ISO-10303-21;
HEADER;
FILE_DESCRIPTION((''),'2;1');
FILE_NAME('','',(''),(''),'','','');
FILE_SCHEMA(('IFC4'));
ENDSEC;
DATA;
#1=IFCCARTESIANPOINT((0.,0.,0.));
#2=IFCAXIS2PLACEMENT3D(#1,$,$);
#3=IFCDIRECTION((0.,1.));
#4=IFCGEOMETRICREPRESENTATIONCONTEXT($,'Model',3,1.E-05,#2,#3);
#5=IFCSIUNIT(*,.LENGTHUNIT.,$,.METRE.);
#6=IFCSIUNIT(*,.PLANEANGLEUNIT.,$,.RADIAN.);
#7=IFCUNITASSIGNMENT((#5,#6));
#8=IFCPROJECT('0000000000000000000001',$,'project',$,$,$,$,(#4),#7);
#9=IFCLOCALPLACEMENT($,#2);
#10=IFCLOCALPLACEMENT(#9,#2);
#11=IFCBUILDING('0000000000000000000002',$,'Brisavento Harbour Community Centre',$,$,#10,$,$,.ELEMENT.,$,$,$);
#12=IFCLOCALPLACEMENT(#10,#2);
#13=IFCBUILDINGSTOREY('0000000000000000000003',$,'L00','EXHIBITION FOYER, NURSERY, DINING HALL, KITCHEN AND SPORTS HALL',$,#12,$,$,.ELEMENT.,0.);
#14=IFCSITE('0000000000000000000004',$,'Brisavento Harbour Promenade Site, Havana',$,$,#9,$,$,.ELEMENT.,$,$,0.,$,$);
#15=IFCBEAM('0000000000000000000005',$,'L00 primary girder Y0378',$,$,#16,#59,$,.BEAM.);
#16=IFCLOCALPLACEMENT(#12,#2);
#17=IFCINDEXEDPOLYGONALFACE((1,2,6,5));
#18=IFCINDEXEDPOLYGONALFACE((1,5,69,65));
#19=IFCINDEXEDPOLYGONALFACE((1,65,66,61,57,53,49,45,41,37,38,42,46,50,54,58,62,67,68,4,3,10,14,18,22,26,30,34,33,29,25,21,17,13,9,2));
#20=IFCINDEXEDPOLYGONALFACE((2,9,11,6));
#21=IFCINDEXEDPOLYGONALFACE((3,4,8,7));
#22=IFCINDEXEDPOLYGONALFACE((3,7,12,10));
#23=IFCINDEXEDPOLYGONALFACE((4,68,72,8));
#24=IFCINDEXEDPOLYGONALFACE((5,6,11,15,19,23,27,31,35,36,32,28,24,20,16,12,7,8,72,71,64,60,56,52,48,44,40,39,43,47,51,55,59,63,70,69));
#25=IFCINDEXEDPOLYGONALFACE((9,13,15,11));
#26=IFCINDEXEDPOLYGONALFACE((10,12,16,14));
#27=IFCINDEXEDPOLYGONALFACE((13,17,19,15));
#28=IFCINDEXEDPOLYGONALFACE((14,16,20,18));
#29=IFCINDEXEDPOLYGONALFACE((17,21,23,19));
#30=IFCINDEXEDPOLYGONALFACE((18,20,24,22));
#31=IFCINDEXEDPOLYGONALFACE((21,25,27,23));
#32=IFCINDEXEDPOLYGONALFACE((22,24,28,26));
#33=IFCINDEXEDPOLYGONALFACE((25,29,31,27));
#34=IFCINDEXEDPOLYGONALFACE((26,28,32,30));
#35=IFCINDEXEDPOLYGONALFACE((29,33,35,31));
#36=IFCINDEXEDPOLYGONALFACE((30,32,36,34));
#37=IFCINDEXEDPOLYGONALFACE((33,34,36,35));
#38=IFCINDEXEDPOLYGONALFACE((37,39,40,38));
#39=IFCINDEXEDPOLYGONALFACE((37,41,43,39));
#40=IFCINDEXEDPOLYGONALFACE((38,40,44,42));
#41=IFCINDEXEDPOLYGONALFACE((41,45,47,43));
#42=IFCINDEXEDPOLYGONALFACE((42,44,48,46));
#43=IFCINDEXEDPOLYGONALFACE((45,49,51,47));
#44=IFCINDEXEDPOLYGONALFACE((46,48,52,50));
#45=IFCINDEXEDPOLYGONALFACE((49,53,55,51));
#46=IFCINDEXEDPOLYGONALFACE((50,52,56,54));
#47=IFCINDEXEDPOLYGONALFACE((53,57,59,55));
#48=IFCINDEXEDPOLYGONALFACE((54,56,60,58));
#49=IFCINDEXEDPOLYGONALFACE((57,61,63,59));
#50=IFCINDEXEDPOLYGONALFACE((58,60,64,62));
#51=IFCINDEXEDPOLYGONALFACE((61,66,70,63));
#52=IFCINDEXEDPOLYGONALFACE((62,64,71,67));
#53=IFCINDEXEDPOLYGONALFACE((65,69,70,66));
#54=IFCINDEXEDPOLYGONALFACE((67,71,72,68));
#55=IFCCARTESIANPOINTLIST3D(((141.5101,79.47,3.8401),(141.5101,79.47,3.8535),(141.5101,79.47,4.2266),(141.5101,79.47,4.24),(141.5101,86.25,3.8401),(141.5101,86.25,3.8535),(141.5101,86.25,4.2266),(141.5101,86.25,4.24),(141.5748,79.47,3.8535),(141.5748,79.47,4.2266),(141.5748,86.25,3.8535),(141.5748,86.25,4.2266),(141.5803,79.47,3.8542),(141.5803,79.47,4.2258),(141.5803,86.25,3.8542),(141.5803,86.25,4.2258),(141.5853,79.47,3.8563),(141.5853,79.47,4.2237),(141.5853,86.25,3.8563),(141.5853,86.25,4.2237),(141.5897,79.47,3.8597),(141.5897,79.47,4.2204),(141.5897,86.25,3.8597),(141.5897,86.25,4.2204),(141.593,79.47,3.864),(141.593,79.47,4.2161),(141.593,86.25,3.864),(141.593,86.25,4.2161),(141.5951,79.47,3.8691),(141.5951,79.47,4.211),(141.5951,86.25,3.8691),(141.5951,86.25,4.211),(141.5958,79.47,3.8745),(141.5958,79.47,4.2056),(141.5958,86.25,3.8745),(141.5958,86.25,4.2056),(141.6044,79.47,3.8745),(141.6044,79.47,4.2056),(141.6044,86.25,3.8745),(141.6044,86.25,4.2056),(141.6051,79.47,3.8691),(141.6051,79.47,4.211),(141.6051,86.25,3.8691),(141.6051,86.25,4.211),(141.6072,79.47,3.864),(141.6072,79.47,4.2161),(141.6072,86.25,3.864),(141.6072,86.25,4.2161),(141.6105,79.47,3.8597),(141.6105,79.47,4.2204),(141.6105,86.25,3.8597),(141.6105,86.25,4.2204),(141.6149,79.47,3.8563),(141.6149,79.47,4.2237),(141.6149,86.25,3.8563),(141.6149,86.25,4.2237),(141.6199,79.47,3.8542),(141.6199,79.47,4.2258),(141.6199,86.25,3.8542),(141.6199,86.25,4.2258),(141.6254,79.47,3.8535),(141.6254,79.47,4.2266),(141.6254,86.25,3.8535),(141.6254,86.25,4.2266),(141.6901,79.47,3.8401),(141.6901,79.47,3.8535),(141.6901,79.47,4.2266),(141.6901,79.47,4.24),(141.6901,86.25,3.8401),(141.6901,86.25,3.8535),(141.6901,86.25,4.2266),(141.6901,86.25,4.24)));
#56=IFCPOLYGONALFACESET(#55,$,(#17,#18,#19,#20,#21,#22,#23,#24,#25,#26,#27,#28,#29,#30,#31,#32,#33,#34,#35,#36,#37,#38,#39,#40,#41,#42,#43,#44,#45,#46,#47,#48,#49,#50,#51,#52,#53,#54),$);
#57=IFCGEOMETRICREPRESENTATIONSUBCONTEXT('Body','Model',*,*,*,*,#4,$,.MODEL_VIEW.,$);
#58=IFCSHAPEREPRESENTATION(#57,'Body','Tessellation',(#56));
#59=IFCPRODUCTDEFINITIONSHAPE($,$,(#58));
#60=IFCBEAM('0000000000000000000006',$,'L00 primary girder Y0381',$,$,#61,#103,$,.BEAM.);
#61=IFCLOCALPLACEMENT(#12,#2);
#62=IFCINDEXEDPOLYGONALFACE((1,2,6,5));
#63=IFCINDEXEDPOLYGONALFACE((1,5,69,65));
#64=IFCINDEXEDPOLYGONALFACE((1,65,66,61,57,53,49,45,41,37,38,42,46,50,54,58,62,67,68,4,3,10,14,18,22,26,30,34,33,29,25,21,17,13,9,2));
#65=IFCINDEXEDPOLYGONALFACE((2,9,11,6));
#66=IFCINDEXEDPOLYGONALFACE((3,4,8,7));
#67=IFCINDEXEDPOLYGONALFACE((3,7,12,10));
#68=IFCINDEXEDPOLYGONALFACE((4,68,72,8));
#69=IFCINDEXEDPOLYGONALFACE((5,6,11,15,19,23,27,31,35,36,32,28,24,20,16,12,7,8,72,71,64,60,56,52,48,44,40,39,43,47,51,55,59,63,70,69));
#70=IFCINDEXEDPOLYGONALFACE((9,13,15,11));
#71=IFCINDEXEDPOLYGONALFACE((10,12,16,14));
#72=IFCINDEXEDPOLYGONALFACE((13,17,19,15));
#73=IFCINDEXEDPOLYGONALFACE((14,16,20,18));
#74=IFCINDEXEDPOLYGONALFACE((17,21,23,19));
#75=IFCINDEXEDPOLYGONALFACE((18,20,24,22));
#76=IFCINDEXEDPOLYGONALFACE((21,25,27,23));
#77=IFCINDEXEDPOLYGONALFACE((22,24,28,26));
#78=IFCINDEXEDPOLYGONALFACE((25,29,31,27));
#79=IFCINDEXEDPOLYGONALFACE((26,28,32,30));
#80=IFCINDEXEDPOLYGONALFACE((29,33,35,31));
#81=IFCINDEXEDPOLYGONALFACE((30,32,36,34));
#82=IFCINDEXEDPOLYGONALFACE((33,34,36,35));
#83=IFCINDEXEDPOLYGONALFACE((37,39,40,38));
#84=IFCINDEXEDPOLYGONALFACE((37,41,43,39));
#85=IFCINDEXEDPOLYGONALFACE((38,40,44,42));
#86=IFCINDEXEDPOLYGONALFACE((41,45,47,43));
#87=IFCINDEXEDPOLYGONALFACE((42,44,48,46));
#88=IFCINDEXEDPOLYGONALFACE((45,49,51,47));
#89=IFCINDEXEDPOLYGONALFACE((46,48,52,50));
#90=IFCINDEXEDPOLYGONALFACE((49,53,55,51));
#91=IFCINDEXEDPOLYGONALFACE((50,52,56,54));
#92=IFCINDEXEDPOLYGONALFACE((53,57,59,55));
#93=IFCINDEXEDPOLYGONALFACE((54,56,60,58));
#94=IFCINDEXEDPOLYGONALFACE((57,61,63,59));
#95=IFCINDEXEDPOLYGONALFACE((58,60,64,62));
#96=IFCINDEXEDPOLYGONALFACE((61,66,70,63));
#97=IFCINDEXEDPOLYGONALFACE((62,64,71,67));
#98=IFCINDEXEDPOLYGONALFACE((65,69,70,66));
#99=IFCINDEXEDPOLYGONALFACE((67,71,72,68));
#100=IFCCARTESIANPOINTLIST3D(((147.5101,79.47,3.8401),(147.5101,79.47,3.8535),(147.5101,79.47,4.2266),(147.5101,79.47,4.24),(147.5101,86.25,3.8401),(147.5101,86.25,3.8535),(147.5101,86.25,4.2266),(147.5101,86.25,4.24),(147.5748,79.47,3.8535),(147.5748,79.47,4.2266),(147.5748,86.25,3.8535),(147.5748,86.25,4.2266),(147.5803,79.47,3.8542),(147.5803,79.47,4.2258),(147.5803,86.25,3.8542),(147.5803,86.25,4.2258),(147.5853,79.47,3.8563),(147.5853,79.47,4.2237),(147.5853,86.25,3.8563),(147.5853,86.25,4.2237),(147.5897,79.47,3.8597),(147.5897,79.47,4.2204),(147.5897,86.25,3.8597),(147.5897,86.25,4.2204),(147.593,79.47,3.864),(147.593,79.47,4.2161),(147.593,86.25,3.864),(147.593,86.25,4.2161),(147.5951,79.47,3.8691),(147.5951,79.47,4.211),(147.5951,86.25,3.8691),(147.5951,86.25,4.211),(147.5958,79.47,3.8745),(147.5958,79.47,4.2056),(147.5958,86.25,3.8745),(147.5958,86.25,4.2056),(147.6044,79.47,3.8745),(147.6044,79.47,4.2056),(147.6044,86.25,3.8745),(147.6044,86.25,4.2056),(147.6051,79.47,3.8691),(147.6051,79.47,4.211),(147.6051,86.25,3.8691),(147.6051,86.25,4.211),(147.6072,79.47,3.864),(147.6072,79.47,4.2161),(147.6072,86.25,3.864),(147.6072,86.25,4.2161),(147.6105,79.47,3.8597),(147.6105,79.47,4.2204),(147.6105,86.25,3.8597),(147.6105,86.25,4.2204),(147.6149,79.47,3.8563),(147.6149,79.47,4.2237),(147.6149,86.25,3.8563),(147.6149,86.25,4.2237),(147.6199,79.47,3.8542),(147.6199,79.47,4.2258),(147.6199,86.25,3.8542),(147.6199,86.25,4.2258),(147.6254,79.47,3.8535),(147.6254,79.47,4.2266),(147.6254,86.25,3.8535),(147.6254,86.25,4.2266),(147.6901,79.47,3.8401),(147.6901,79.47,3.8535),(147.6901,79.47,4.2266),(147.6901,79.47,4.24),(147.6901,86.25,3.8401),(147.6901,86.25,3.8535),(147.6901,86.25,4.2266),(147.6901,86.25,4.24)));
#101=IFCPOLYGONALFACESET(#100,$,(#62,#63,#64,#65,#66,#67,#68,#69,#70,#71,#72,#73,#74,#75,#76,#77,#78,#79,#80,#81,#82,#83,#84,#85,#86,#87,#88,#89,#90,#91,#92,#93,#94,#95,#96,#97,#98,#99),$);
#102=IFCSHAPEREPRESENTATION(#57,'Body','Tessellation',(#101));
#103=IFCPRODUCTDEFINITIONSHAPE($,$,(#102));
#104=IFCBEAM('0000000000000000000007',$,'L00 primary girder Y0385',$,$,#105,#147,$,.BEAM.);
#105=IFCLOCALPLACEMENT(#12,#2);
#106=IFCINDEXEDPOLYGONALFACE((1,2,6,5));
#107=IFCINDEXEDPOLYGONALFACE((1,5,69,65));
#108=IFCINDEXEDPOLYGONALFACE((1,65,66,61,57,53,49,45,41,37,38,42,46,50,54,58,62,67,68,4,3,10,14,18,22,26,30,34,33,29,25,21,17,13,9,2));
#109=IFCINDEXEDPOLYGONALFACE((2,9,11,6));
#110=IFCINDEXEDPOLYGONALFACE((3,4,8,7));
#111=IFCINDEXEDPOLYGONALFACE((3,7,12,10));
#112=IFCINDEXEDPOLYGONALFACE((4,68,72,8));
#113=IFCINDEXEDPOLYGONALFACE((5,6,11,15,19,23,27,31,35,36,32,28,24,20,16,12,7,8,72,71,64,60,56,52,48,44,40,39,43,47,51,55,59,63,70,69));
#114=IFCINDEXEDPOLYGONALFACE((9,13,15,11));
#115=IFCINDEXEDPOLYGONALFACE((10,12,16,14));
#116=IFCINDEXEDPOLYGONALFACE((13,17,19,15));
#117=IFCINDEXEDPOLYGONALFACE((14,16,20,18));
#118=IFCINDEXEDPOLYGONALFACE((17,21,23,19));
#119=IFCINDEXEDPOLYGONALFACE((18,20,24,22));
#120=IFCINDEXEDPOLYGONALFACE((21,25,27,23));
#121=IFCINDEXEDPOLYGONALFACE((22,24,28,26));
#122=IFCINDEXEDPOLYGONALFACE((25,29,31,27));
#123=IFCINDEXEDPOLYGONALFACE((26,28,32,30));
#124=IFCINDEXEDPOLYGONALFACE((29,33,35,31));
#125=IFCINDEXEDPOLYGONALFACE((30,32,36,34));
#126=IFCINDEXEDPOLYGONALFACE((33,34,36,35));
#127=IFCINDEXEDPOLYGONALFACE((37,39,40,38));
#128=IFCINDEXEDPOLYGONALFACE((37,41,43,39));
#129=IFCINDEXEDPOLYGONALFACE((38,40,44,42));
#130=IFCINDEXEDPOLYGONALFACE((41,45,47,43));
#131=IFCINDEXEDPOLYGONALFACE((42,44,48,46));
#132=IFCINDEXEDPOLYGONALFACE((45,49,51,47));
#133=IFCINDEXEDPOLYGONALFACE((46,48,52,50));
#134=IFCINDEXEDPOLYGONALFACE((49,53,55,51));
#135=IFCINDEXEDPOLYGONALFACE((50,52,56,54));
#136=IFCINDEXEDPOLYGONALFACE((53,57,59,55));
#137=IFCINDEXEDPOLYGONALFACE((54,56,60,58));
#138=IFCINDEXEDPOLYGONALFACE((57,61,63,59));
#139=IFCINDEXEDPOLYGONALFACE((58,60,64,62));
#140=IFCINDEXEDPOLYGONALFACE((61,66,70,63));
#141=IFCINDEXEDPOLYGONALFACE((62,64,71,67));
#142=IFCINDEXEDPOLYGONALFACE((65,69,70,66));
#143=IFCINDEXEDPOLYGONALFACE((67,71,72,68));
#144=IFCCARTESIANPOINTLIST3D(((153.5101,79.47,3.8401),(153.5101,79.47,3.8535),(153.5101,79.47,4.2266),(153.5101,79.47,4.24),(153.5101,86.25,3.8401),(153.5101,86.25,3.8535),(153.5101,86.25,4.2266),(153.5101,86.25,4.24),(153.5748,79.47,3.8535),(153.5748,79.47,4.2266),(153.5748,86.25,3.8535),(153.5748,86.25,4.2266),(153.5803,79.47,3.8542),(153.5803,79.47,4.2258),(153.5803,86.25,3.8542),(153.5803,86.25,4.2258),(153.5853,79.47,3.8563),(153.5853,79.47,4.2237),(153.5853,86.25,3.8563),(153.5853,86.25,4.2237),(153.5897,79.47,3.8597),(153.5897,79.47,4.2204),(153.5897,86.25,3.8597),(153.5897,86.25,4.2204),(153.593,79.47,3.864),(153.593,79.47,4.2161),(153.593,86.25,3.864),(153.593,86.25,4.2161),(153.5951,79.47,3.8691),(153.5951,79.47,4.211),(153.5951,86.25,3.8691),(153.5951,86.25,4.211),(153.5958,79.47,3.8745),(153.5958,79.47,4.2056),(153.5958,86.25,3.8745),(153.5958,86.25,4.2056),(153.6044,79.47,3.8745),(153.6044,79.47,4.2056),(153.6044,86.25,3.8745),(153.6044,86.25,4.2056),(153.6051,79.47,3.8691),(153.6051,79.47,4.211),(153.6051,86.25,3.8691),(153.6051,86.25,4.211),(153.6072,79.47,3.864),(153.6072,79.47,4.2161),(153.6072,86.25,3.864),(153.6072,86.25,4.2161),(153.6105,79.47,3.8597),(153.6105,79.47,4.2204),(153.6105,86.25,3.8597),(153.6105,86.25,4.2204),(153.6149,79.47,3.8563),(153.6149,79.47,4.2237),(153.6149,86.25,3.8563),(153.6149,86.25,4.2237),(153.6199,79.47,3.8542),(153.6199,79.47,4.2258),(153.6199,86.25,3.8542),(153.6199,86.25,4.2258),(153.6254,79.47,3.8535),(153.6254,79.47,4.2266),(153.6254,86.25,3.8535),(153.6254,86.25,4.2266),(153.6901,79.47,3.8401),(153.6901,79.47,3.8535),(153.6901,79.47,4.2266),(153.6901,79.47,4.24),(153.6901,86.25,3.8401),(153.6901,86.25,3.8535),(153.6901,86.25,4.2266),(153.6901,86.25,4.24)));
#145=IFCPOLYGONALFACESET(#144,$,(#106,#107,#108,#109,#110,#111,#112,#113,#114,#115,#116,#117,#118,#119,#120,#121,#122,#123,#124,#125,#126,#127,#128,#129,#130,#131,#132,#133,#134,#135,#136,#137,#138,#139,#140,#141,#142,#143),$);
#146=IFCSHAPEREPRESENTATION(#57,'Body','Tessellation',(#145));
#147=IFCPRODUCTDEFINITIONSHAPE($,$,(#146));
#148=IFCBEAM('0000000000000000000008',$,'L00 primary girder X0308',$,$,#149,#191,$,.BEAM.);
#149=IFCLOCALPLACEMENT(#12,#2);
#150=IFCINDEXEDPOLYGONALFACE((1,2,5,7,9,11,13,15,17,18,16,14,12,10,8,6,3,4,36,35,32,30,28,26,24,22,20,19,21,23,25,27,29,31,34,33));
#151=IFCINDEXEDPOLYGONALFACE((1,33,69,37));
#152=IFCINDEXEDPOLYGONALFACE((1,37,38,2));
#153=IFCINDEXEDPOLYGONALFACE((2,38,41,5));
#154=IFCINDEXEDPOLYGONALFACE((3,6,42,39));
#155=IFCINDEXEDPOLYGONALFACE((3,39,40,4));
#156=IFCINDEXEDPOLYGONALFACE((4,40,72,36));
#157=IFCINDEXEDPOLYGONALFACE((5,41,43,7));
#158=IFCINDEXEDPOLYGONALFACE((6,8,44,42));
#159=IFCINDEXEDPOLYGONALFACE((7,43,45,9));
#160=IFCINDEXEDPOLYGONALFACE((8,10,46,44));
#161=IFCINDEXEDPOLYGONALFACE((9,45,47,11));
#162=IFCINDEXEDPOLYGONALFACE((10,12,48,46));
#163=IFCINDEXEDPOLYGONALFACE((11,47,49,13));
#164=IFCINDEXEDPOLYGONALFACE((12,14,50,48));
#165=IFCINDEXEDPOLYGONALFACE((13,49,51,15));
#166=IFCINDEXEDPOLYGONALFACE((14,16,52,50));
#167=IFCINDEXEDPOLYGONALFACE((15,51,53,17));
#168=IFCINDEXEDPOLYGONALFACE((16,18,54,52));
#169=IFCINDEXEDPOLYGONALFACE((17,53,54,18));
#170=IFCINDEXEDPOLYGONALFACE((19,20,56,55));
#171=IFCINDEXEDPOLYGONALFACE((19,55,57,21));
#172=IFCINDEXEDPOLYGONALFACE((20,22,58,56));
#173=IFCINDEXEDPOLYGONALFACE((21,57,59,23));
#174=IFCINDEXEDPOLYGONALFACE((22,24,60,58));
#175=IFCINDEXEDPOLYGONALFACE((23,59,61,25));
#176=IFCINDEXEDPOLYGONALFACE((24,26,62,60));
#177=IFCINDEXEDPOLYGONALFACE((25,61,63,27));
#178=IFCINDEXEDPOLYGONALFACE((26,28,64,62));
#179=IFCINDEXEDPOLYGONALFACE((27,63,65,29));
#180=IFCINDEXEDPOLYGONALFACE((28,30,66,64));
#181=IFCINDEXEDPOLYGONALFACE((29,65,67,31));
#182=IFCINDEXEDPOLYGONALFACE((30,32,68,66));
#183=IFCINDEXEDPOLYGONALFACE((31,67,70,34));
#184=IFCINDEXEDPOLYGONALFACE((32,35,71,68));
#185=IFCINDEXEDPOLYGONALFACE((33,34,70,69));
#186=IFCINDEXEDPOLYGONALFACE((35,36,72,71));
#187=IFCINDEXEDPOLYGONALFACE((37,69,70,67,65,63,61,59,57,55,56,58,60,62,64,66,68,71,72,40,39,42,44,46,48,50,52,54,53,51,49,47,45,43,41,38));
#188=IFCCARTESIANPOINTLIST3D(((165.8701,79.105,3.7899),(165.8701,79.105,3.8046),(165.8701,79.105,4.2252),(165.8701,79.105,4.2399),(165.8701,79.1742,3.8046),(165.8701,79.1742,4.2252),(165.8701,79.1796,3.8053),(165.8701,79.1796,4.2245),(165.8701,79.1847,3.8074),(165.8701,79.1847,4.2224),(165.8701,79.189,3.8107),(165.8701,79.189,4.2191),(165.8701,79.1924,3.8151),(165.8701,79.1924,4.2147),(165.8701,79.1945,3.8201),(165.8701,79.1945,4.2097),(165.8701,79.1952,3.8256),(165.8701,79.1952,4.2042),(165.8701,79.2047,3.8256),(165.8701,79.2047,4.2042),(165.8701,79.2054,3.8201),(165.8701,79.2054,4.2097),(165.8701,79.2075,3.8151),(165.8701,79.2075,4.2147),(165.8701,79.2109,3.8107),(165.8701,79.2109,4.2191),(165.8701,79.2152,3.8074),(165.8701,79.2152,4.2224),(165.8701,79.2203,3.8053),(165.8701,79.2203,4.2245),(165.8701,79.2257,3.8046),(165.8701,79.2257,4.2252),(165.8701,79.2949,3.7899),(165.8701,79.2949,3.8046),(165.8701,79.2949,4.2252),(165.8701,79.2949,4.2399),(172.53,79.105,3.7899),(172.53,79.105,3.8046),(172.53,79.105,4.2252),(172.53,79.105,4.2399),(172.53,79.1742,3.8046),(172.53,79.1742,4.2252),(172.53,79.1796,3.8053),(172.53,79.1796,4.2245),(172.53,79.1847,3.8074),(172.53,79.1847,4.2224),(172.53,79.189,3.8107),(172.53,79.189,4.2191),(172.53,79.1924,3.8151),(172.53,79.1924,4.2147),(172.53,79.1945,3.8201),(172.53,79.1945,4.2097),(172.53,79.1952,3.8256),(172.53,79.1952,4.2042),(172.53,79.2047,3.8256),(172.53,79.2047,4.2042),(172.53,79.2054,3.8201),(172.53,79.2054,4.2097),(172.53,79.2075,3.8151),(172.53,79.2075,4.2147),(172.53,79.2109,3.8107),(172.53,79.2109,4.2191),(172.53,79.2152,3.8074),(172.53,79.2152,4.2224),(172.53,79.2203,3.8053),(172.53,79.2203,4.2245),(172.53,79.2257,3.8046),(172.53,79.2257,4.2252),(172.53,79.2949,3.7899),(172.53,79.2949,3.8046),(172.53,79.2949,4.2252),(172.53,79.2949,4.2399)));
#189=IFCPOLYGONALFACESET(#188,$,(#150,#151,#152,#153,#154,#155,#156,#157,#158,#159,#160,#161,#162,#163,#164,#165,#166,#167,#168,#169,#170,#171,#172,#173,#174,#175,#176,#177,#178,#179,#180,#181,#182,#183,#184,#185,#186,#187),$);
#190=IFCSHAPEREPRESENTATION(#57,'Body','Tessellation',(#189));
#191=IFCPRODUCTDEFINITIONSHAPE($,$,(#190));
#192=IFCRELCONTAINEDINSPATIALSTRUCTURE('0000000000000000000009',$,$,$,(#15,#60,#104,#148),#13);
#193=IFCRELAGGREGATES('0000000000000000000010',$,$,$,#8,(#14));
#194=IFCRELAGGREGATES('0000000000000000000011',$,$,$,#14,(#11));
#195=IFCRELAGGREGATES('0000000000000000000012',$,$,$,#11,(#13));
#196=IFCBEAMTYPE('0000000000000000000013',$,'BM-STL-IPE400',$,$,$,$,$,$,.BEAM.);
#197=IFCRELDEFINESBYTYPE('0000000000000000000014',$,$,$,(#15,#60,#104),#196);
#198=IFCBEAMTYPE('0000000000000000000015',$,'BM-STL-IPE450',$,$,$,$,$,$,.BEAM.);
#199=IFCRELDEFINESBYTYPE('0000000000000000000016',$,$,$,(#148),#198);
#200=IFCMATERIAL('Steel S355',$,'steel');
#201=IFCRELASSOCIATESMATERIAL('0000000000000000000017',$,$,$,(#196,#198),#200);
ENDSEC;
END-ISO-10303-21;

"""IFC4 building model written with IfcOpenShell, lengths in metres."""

from ifc_helpers import new_model, si_unit, direction, frame, origin, origin_2d, place, context, subcontext, project, spatial, i_section, extrude, material, material_profile, profile_set, type_object, element, save


model = new_model("IFC4")

# Units and contexts
model_context = context("Model", 3, precision=1e-05, world=origin(), true_north=direction((0.0, 1.0)))
body_context = subcontext(model_context, "Body", "Model", "MODEL_VIEW")
ifc_project = project(units=[si_unit("LENGTHUNIT", "METRE"), si_unit("PLANEANGLEUNIT", "RADIAN")], contexts=[model_context])

# Site, building, storey
site_placement = place(None, origin())
site = spatial("IfcSite", under=ifc_project, at=site_placement, Name="Brisavento Harbour Promenade Site, Havana", CompositionType="ELEMENT", RefElevation=0.0)
building_placement = place(site_placement, origin())
building = spatial("IfcBuilding", under=site, at=building_placement, Name="Brisavento Harbour Community Centre", CompositionType="ELEMENT")
storey_placement = place(building_placement, origin())
storey = spatial("IfcBuildingStorey", under=building, at=storey_placement, Name="L00", Description="EXHIBITION FOYER, NURSERY, DINING HALL, KITCHEN AND SPORTS HALL", CompositionType="ELEMENT", Elevation=0.0)

# Beams
ifc_material_1 = material(Name="Steel S355", Category="steel")
ifc_material_profile_1 = material_profile(ifc_material_1, i_section(OverallWidth=0.1799, OverallDepth=0.3999, WebThickness=0.0085, FlangeThickness=0.0134, FilletRadius=0.021, at=origin_2d()), Name="Steel S355")
ifc_profile_set_1 = profile_set([ifc_material_profile_1], Name="Steel S355")
beam_type_1 = type_object("IfcBeamType", Name="BM-STL-IPE400", PredefinedType="BEAM", material=ifc_profile_set_1)
for number, where, z_axis, x_axis, name in (
    (1, (141.6001, 79.47, 4.04), (0.0, 1.0, 0.0), (-1.0, 0.0, 0.0), "L00 primary girder Y0378"),
    (2, (147.6001, 79.47, 4.04), (0.0, 1.0, 0.0), (-1.0, 0.0, 0.0), "L00 primary girder Y0381"),
    (3, (153.6001, 79.47, 4.04), (0.0, 1.0, 0.0), (-1.0, 0.0, 0.0), "L00 primary girder Y0385"),
):
    element("IfcBeam", number, at=place(storey_placement, frame(where, z_axis=z_axis, x_axis=x_axis)), inside=storey, type_object=beam_type_1, Name=name, PredefinedType="BEAM", context=body_context, shape_type="SweptSolid", body=[
        extrude(i_section(OverallWidth=0.1799, OverallDepth=0.3999, WebThickness=0.0085, FlangeThickness=0.0134, FilletRadius=0.021, at=origin_2d()), origin(), (0.0, 0.0, 1.0), 6.78),
    ])
ifc_material_profile_2 = material_profile(ifc_material_1, i_section(OverallWidth=0.1899, OverallDepth=0.45, WebThickness=0.0095, FlangeThickness=0.0146, FilletRadius=0.021, at=origin_2d()), Name="Steel S355")
ifc_profile_set_2 = profile_set([ifc_material_profile_2], Name="Steel S355")
beam_type_2 = type_object("IfcBeamType", Name="BM-STL-IPE450", PredefinedType="BEAM", material=ifc_profile_set_2)
beam_placement = place(storey_placement, frame((165.8701, 79.2, 4.0149), z_axis=(1.0, 0.0, 0.0), x_axis=(0.0, 1.0, 0.0)))
element("IfcBeam", 4, at=beam_placement, inside=storey, type_object=beam_type_2, Name="L00 primary girder X0308", PredefinedType="BEAM", context=body_context, shape_type="SweptSolid", body=[
    extrude(i_section(OverallWidth=0.1899, OverallDepth=0.45, WebThickness=0.0095, FlangeThickness=0.0146, FilletRadius=0.021, at=origin_2d()), origin(), (0.0, 0.0, 1.0), 6.6599),
])

save(model, "model.ifc")
